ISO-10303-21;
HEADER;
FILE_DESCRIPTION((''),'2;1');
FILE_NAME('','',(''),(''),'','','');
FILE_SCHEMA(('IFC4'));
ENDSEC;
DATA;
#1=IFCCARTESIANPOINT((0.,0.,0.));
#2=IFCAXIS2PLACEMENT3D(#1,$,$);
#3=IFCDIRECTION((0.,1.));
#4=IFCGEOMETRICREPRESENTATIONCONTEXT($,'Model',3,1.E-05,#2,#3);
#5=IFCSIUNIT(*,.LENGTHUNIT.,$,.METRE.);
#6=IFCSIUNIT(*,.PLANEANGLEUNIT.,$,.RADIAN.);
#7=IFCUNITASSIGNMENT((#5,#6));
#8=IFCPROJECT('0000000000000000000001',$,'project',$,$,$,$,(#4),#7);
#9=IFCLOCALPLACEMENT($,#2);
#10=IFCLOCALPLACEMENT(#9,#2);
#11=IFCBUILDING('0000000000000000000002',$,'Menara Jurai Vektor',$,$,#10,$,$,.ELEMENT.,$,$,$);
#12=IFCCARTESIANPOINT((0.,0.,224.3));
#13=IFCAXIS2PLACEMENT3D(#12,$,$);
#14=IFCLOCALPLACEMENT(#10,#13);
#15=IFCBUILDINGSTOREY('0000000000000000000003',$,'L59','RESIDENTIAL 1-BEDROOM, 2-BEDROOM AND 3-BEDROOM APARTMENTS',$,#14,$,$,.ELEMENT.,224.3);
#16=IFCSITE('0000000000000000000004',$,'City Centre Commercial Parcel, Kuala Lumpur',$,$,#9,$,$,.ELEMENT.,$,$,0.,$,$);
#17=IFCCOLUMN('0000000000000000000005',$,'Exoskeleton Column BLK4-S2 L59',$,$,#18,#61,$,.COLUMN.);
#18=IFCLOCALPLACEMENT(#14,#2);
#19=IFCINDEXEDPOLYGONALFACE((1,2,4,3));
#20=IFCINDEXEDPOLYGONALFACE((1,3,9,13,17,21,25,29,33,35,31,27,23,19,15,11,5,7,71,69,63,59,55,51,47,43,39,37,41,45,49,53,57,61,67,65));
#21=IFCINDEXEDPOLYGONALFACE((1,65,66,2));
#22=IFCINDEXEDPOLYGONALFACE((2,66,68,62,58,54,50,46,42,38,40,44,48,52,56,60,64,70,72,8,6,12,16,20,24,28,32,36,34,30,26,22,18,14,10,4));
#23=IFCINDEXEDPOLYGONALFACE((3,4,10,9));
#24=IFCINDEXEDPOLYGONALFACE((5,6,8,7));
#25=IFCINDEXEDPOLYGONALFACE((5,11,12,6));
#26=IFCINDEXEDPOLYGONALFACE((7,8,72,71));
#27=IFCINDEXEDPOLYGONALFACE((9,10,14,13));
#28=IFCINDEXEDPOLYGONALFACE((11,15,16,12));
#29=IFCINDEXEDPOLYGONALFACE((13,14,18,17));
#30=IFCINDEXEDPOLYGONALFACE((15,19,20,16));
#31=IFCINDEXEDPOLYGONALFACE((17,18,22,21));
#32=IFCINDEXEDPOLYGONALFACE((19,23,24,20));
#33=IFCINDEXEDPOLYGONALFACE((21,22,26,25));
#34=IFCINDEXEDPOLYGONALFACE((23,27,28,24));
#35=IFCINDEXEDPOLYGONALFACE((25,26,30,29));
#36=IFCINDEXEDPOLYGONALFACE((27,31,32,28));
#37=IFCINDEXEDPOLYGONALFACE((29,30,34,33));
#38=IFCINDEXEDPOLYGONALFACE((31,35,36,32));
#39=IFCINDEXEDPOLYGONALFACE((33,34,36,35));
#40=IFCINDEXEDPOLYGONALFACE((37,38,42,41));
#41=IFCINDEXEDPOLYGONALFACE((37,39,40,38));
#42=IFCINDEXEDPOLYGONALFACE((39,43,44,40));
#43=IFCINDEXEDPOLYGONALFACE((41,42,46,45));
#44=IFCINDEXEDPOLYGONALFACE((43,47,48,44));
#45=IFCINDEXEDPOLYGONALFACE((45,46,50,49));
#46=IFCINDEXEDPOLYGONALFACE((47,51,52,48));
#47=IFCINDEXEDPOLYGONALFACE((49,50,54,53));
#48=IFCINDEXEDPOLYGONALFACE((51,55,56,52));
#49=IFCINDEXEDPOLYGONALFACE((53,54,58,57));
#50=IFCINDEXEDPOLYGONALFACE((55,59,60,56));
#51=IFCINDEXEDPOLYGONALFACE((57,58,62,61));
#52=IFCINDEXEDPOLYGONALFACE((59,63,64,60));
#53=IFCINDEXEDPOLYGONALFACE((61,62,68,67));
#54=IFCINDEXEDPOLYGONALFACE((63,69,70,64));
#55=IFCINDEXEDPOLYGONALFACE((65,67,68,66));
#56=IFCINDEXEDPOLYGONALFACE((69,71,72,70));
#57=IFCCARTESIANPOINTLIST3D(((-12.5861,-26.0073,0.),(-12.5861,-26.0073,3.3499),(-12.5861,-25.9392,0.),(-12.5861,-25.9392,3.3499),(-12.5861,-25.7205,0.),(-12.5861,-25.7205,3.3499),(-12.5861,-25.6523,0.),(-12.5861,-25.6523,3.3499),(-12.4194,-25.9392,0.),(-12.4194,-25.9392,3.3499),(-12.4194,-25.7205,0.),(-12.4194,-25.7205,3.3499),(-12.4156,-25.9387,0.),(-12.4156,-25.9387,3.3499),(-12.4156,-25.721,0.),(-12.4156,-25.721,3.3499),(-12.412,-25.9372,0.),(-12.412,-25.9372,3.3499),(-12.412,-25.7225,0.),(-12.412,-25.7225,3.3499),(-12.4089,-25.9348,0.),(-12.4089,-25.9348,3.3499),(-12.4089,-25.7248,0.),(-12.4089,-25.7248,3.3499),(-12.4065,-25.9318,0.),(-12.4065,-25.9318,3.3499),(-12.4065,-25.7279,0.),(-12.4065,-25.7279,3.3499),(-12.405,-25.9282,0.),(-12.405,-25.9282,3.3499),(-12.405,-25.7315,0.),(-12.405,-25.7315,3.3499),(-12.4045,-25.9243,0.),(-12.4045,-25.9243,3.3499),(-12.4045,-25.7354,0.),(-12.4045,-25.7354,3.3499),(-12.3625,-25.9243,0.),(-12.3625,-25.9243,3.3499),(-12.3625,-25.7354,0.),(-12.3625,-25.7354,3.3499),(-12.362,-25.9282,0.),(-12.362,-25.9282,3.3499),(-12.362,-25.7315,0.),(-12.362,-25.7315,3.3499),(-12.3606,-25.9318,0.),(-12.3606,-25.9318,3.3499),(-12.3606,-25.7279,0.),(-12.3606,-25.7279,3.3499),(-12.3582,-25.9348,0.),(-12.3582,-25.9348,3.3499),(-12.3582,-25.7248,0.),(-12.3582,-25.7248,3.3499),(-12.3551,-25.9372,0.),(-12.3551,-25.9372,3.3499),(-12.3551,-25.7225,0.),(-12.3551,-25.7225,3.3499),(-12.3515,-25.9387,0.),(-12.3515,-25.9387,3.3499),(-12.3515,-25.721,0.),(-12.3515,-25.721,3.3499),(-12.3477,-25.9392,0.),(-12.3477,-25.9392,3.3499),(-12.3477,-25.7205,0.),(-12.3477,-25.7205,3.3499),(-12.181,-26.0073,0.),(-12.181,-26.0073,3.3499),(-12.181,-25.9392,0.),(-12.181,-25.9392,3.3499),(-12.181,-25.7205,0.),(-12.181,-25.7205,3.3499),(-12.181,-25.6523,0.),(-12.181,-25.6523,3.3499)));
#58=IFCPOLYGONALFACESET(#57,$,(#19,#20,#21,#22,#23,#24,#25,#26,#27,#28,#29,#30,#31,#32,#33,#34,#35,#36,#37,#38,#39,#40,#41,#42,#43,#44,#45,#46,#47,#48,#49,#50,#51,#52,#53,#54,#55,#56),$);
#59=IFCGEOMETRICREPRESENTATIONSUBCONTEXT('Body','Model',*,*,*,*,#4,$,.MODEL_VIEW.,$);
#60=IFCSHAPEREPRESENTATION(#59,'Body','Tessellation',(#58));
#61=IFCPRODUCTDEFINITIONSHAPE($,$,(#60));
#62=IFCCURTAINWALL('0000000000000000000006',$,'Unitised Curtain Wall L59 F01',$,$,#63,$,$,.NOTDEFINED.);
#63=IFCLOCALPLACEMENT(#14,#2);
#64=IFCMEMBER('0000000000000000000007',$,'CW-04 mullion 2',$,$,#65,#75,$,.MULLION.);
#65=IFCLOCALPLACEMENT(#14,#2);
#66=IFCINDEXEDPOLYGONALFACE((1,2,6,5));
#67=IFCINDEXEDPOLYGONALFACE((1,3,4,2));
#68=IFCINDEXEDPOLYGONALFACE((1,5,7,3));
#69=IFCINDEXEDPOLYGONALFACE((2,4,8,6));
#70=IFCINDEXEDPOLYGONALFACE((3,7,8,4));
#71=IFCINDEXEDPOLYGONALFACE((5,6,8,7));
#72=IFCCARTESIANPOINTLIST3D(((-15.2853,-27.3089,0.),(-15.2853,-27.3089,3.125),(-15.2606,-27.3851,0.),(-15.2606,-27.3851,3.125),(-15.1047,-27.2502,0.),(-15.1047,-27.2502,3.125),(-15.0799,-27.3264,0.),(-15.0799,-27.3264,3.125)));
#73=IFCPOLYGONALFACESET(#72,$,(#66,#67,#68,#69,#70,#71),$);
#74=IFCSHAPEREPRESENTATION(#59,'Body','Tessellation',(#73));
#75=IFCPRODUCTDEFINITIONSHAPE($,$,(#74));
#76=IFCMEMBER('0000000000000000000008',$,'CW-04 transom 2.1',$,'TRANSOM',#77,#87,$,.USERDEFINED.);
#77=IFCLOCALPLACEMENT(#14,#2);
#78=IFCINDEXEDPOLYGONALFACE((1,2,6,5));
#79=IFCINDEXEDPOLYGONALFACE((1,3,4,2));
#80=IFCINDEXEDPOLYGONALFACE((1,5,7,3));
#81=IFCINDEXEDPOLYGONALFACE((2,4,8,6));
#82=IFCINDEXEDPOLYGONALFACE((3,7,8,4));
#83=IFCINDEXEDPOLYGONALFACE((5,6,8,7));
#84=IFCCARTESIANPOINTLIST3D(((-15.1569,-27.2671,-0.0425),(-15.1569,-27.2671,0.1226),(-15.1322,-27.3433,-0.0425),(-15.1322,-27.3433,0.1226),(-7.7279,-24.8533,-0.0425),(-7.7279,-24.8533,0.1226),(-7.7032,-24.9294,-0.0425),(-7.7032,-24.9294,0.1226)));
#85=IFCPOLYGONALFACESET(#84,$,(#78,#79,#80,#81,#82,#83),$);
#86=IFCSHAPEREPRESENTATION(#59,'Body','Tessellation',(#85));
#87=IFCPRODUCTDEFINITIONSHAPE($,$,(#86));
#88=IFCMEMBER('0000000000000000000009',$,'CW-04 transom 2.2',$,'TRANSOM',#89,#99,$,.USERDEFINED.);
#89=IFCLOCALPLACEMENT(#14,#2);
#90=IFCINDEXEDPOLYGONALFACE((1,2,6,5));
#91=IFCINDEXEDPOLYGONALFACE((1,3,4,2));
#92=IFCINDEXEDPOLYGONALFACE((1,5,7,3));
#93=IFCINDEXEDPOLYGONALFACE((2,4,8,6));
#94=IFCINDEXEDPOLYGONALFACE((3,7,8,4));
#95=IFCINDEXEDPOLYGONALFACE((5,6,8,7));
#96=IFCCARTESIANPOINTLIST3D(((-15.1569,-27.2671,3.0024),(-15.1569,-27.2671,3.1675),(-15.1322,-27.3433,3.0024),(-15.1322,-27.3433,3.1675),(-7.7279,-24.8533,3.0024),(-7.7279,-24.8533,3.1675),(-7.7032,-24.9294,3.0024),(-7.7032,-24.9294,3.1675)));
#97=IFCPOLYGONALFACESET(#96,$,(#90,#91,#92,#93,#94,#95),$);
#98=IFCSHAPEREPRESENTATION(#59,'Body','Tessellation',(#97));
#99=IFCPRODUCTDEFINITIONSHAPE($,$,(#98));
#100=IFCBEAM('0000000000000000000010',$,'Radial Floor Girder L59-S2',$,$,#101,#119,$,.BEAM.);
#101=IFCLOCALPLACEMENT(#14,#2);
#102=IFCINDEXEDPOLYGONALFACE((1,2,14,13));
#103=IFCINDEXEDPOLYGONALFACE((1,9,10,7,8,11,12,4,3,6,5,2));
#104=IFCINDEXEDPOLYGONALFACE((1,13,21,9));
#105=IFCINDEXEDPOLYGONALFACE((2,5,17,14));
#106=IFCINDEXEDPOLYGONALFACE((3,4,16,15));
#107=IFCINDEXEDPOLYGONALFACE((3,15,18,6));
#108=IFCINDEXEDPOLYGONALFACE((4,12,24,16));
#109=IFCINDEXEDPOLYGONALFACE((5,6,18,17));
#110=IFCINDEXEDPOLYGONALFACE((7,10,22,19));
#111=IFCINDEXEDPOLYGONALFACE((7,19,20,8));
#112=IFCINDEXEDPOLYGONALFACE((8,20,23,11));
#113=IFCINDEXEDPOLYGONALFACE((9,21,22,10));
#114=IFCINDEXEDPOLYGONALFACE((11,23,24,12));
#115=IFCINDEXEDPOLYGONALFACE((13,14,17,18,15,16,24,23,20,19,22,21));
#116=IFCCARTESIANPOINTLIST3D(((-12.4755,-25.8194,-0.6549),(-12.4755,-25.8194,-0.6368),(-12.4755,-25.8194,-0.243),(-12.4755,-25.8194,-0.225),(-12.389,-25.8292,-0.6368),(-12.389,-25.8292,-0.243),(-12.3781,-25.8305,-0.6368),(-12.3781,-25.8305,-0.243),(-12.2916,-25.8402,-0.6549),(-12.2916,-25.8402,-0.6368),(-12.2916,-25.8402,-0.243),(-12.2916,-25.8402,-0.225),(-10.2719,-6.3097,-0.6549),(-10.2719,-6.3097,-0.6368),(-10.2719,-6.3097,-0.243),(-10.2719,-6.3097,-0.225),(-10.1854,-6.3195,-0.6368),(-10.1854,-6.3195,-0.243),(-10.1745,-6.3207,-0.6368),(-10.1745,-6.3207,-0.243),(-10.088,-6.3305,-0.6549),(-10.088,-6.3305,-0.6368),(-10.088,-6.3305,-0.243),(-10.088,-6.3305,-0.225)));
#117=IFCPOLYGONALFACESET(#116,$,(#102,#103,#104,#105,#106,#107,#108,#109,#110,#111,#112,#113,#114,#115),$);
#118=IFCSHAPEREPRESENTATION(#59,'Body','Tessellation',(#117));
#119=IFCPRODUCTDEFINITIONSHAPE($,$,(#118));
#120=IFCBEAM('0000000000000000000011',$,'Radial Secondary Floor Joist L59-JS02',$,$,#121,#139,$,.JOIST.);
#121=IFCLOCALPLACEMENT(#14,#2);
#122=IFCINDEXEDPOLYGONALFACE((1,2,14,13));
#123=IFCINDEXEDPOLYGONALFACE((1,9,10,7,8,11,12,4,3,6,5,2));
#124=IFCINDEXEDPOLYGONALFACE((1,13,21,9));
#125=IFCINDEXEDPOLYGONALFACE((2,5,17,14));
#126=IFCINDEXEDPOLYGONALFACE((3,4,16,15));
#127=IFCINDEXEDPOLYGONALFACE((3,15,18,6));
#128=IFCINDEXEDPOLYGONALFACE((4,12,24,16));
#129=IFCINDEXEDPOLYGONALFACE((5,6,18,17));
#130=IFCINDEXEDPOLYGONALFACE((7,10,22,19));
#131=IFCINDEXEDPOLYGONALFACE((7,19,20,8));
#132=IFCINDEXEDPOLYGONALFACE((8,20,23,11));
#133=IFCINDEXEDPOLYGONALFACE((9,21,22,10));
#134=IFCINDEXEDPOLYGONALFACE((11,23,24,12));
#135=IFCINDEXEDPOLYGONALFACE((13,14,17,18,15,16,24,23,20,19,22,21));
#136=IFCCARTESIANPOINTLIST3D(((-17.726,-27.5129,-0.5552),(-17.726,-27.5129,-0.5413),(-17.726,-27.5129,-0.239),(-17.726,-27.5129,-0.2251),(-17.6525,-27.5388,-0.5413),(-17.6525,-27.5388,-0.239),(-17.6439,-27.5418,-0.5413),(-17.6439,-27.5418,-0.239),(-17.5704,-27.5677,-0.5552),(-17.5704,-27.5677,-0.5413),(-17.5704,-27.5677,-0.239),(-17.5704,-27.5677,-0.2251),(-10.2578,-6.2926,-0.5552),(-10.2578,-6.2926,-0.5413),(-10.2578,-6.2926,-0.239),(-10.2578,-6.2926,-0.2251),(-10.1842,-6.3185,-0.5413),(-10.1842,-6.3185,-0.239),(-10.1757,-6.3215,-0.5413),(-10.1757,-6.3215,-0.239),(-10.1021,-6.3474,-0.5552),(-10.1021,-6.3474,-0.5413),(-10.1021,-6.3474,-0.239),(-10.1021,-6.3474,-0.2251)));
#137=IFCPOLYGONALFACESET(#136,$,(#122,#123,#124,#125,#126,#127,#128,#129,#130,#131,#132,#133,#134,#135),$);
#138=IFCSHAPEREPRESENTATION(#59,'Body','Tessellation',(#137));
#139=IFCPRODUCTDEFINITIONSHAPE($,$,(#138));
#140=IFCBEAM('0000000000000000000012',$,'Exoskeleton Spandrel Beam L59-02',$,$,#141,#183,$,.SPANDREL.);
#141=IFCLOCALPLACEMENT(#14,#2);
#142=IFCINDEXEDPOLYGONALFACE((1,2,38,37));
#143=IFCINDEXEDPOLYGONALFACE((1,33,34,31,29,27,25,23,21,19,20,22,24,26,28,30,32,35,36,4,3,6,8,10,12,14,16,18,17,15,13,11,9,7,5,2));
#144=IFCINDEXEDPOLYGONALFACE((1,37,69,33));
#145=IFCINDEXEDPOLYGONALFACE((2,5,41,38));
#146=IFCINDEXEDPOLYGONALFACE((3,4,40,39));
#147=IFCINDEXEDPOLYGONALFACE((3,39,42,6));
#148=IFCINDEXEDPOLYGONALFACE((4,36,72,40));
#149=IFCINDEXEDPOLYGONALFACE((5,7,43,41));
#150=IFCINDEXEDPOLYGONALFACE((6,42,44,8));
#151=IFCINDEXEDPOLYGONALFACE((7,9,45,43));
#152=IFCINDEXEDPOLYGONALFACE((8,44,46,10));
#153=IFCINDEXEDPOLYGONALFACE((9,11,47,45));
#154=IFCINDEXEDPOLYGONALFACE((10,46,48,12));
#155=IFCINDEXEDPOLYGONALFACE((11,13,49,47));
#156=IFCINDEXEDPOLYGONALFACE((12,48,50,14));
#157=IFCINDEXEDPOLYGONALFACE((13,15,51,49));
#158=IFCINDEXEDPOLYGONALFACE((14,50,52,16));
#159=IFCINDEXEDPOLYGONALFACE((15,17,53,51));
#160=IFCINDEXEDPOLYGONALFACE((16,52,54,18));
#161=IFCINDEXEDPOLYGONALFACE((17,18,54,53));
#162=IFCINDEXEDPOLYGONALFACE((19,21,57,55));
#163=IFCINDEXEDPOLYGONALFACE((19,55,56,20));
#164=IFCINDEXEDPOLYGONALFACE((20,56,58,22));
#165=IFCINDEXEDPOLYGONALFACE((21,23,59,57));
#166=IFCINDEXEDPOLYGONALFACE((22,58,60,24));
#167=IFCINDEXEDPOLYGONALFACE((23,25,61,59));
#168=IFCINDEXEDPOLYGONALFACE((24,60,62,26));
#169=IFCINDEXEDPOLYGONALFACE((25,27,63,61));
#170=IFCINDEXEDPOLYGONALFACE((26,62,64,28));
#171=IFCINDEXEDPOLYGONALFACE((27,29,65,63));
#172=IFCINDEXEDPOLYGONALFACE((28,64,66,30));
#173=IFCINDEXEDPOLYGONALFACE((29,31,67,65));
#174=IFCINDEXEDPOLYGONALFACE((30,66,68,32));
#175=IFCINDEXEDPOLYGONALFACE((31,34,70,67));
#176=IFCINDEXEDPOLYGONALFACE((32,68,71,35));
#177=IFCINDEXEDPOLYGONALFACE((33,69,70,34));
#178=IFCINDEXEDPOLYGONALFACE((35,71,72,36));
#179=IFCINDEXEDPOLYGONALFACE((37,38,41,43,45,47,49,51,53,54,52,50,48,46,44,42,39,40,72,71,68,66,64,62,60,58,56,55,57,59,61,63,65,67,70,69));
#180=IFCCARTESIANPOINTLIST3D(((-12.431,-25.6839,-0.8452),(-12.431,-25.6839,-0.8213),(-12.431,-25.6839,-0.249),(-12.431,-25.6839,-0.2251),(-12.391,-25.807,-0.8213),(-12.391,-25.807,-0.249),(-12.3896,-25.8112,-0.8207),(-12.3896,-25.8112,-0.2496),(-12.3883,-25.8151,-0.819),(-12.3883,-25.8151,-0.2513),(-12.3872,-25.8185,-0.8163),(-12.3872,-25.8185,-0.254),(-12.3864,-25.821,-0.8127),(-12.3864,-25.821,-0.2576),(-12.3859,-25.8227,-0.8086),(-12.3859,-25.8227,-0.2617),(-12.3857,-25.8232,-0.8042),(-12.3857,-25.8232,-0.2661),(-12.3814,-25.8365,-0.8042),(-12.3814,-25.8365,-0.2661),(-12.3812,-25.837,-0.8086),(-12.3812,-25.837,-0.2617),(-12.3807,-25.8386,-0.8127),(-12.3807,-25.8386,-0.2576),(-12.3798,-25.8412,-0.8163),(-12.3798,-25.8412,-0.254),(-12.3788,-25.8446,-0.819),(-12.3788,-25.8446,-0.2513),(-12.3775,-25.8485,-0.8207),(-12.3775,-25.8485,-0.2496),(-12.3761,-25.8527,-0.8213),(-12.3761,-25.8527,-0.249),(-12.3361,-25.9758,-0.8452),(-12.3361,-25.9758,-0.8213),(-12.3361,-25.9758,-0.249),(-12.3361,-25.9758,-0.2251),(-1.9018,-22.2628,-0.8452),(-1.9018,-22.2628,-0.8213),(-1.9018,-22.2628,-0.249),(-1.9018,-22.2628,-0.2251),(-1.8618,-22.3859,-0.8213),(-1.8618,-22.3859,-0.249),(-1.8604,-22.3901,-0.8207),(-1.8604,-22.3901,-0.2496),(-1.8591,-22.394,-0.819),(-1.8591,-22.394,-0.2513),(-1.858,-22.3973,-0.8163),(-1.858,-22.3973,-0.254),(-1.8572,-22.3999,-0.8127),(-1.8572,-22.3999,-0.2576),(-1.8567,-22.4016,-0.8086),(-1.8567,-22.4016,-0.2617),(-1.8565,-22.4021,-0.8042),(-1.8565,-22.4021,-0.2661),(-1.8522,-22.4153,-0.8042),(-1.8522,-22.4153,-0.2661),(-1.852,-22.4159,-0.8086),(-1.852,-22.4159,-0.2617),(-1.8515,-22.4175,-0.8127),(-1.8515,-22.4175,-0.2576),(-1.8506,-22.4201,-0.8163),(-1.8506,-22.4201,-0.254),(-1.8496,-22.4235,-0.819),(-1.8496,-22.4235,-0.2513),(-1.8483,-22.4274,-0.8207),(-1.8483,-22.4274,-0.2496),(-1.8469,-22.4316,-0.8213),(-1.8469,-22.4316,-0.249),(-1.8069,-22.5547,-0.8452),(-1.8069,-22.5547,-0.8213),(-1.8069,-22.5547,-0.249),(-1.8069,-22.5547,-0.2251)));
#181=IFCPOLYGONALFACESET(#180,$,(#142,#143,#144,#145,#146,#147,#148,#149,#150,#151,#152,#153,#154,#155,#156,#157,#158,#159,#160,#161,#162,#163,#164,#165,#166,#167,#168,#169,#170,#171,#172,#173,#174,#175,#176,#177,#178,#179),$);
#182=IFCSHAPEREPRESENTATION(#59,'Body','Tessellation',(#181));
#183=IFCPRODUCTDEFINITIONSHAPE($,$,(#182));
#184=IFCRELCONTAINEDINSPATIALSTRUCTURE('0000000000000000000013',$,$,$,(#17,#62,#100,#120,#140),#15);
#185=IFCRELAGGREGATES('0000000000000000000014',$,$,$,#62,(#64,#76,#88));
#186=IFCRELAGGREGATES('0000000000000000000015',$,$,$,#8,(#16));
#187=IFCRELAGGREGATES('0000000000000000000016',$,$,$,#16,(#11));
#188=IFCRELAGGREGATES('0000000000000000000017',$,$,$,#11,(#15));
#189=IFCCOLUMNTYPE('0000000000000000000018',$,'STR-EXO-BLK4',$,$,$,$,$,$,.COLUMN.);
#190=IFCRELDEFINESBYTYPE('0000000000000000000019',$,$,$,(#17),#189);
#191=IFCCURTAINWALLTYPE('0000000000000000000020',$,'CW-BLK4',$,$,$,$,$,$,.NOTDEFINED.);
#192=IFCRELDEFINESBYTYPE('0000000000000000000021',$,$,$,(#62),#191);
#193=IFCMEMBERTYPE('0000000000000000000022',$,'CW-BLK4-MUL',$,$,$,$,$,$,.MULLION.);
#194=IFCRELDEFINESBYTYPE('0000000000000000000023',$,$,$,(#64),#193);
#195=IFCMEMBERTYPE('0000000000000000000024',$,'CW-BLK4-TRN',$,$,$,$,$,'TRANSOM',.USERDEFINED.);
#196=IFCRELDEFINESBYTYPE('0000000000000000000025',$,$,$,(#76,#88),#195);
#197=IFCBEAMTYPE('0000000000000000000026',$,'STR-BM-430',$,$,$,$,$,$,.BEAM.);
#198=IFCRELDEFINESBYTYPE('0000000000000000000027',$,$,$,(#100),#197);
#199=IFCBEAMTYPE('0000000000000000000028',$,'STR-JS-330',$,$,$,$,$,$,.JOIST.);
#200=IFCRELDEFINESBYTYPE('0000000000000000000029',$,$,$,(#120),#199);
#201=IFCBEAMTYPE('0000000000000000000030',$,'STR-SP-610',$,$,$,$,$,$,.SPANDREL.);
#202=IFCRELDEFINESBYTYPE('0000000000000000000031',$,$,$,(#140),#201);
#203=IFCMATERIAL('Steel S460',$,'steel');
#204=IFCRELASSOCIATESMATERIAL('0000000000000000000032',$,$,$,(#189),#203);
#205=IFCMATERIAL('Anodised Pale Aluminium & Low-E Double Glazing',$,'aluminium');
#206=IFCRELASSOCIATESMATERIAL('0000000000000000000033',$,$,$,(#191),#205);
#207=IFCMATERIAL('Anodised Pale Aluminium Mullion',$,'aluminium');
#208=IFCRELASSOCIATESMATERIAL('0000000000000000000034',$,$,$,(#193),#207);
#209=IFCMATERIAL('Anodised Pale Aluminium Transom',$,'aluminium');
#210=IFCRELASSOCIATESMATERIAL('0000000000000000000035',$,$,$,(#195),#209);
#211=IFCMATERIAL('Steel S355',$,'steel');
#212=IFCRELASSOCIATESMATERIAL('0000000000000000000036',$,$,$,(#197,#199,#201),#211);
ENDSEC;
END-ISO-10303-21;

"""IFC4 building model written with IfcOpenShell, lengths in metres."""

from ifc_helpers import new_model, si_unit, direction, frame, origin, origin_2d, place, context, subcontext, project, spatial, rectangle, i_section, extrude, material, material_profile, profile_set, type_object, element, aggregate, save


model = new_model("IFC4")

# Units and contexts
model_context = context("Model", 3, precision=1e-05, world=origin(), true_north=direction((0.0, 1.0)))
body_context = subcontext(model_context, "Body", "Model", "MODEL_VIEW")
ifc_project = project(units=[si_unit("LENGTHUNIT", "METRE"), si_unit("PLANEANGLEUNIT", "RADIAN")], contexts=[model_context])

# Site, building, storey
site_placement = place(None, origin())
site = spatial("IfcSite", under=ifc_project, at=site_placement, Name="City Centre Commercial Parcel, Kuala Lumpur", CompositionType="ELEMENT", RefElevation=0.0)
building_placement = place(site_placement, origin())
building = spatial("IfcBuilding", under=site, at=building_placement, Name="Menara Jurai Vektor", CompositionType="ELEMENT")
storey_placement = place(building_placement, frame((0.0, 0.0, 224.3)))
storey = spatial("IfcBuildingStorey", under=building, at=storey_placement, Name="L59", Description="RESIDENTIAL 1-BEDROOM, 2-BEDROOM AND 3-BEDROOM APARTMENTS", CompositionType="ELEMENT", Elevation=224.3)

# Column
ifc_material_1 = material(Name="Steel S460", Category="steel")
ifc_material_profile_1 = material_profile(ifc_material_1, i_section(OverallWidth=0.405, OverallDepth=0.355, WebThickness=0.042, FlangeThickness=0.0681, FilletRadius=0.0149, at=origin_2d()), Name="HD 400x551")
ifc_profile_set_1 = profile_set([ifc_material_profile_1], Name="Steel S460")
column_type = type_object("IfcColumnType", Name="STR-EXO-BLK4", PredefinedType="COLUMN", material=ifc_profile_set_1)
column_placement = place(storey_placement, frame((-12.3835, -25.8298, 0.0), z_axis=(0.0, 0.0, 1.0), x_axis=(1.0, 0.0, 0.0)))
element("IfcColumn", 1, at=column_placement, inside=storey, type_object=column_type, Name="Exoskeleton Column BLK4-S2 L59", PredefinedType="COLUMN", context=body_context, shape_type="SweptSolid", body=[
    extrude(i_section(OverallWidth=0.405, OverallDepth=0.355, WebThickness=0.042, FlangeThickness=0.0681, FilletRadius=0.0149, at=origin_2d()), origin(), (0.0, 0.0, 1.0), 3.3499),
])

# Curtain wall, members
ifc_material_2 = material(Name="Anodised Pale Aluminium & Low-E Double Glazing", Category="aluminium")
curtain_wall_type = type_object("IfcCurtainWallType", Name="CW-BLK4", PredefinedType="NOTDEFINED", material=ifc_material_2)
curtain_wall_placement = place(storey_placement, origin())
curtain_wall = element("IfcCurtainWall", 2, at=curtain_wall_placement, inside=storey, type_object=curtain_wall_type, Name="Unitised Curtain Wall L59 F01", PredefinedType="NOTDEFINED")
ifc_material_3 = material(Name="Anodised Pale Aluminium Mullion", Category="aluminium")
ifc_material_profile_2 = material_profile(ifc_material_3, rectangle(XDim=0.0801, YDim=0.1899, at=origin_2d()), Name="ALU MUL 80x190")
ifc_profile_set_2 = profile_set([ifc_material_profile_2], Name="Anodised Pale Aluminium Mullion")
member_type_1 = type_object("IfcMemberType", Name="CW-BLK4-MUL", PredefinedType="MULLION", material=ifc_profile_set_2)
member_1_placement = place(storey_placement, frame((-15.1826, -27.3176, 0.0), z_axis=(0.0, 0.0, 1.0), x_axis=(-0.309017, 0.951056, 0.0)))
member_1 = element("IfcMember", 3, at=member_1_placement, type_object=member_type_1, Name="CW-04 mullion 2", PredefinedType="MULLION", context=body_context, shape_type="SweptSolid", body=[
    extrude(rectangle(XDim=0.0801, YDim=0.1899, at=origin_2d()), origin(), (0.0, 0.0, 1.0), 3.125),
])
ifc_material_4 = material(Name="Anodised Pale Aluminium Transom", Category="aluminium")
ifc_material_profile_3 = material_profile(ifc_material_4, rectangle(XDim=0.0801, YDim=0.165, at=origin_2d()), Name="ALU TRN 80x165")
ifc_profile_set_3 = profile_set([ifc_material_profile_3], Name="Anodised Pale Aluminium Transom")
member_type_2 = type_object("IfcMemberType", Name="CW-BLK4-TRN", ElementType="TRANSOM", PredefinedType="USERDEFINED", material=ifc_profile_set_3)
member_2_placement = place(storey_placement, frame((-15.1445, -27.3052, 0.04), z_axis=(0.951056, 0.309018, 0.0), x_axis=(-0.309018, 0.951056, 0.0)))
member_2 = element("IfcMember", 4, at=member_2_placement, type_object=member_type_2, Name="CW-04 transom 2.1", ObjectType="TRANSOM", PredefinedType="USERDEFINED", context=body_context, shape_type="SweptSolid", body=[
    extrude(rectangle(XDim=0.0801, YDim=0.165, at=origin_2d()), origin(), (0.0, 0.0, 1.0), 7.8113),
])
member_3_placement = place(storey_placement, frame((-15.1445, -27.3052, 3.085), z_axis=(0.951056, 0.309018, 0.0), x_axis=(-0.309018, 0.951056, 0.0)))
member_3 = element("IfcMember", 5, at=member_3_placement, type_object=member_type_2, Name="CW-04 transom 2.2", ObjectType="TRANSOM", PredefinedType="USERDEFINED", context=body_context, shape_type="SweptSolid", body=[
    extrude(rectangle(XDim=0.0801, YDim=0.165, at=origin_2d()), origin(), (0.0, 0.0, 1.0), 7.8113),
])

# Beams
ifc_material_5 = material(Name="Steel S355", Category="steel")
ifc_material_profile_4 = material_profile(ifc_material_5, i_section(OverallWidth=0.1851, OverallDepth=0.4299, WebThickness=0.011, FlangeThickness=0.0181, at=origin_2d()), Name="PG 430x185x76")
ifc_profile_set_4 = profile_set([ifc_material_profile_4], Name="Steel S355")
beam_type_1 = type_object("IfcBeamType", Name="STR-BM-430", PredefinedType="BEAM", material=ifc_profile_set_4)
beam_1_placement = place(storey_placement, frame((-12.3835, -25.8298, -0.4399), z_axis=(0.112236, 0.993682, 0.0), x_axis=(-0.993682, 0.112236, 0.0)))
element("IfcBeam", 6, at=beam_1_placement, inside=storey, type_object=beam_type_1, Name="Radial Floor Girder L59-S2", PredefinedType="BEAM", context=body_context, shape_type="SweptSolid", body=[
    extrude(i_section(OverallWidth=0.1851, OverallDepth=0.4299, WebThickness=0.011, FlangeThickness=0.0181, at=origin_2d()), origin(), (0.0, 0.0, 1.0), 19.6338),
])
ifc_material_profile_5 = material_profile(ifc_material_5, i_section(OverallWidth=0.165, OverallDepth=0.3301, WebThickness=0.009, FlangeThickness=0.0139, at=origin_2d()), Name="PG 330x165x46")
ifc_profile_set_5 = profile_set([ifc_material_profile_5], Name="Steel S355")
beam_type_2 = type_object("IfcBeamType", Name="STR-JS-330", PredefinedType="JOIST", material=ifc_profile_set_5)
beam_2_placement = place(storey_placement, frame((-17.6482, -27.5403, -0.3901), z_axis=(0.331981, 0.943286, 0.0), x_axis=(-0.943286, 0.331981, 0.0)))
element("IfcBeam", 7, at=beam_2_placement, inside=storey, type_object=beam_type_2, Name="Radial Secondary Floor Joist L59-JS02", PredefinedType="JOIST", context=body_context, shape_type="SweptSolid", body=[
    extrude(i_section(OverallWidth=0.165, OverallDepth=0.3301, WebThickness=0.009, FlangeThickness=0.0139, at=origin_2d()), origin(), (0.0, 0.0, 1.0), 22.4961),
])
ifc_material_profile_6 = material_profile(ifc_material_5, i_section(OverallWidth=0.3069, OverallDepth=0.6201, WebThickness=0.0139, FlangeThickness=0.0239, FilletRadius=0.0171, at=origin_2d()), Name="UKB 610x305x179")
ifc_profile_set_6 = profile_set([ifc_material_profile_6], Name="Steel S355")
beam_type_3 = type_object("IfcBeamType", Name="STR-SP-610", PredefinedType="SPANDREL", material=ifc_profile_set_6)
beam_3_placement = place(storey_placement, frame((-12.3835, -25.8298, -0.5352), z_axis=(0.951057, 0.309014, 0.0), x_axis=(-0.309014, 0.951057, 0.0)))
element("IfcBeam", 8, at=beam_3_placement, inside=storey, type_object=beam_type_3, Name="Exoskeleton Spandrel Beam L59-02", PredefinedType="SPANDREL", context=body_context, shape_type="SweptSolid", body=[
    extrude(i_section(OverallWidth=0.3069, OverallDepth=0.6201, WebThickness=0.0139, FlangeThickness=0.0239, FilletRadius=0.0171, at=origin_2d()), origin(), (0.0, 0.0, 1.0), 11.071),
])

aggregate(curtain_wall, [member_1, member_2, member_3])

save(model, "model.ifc")
